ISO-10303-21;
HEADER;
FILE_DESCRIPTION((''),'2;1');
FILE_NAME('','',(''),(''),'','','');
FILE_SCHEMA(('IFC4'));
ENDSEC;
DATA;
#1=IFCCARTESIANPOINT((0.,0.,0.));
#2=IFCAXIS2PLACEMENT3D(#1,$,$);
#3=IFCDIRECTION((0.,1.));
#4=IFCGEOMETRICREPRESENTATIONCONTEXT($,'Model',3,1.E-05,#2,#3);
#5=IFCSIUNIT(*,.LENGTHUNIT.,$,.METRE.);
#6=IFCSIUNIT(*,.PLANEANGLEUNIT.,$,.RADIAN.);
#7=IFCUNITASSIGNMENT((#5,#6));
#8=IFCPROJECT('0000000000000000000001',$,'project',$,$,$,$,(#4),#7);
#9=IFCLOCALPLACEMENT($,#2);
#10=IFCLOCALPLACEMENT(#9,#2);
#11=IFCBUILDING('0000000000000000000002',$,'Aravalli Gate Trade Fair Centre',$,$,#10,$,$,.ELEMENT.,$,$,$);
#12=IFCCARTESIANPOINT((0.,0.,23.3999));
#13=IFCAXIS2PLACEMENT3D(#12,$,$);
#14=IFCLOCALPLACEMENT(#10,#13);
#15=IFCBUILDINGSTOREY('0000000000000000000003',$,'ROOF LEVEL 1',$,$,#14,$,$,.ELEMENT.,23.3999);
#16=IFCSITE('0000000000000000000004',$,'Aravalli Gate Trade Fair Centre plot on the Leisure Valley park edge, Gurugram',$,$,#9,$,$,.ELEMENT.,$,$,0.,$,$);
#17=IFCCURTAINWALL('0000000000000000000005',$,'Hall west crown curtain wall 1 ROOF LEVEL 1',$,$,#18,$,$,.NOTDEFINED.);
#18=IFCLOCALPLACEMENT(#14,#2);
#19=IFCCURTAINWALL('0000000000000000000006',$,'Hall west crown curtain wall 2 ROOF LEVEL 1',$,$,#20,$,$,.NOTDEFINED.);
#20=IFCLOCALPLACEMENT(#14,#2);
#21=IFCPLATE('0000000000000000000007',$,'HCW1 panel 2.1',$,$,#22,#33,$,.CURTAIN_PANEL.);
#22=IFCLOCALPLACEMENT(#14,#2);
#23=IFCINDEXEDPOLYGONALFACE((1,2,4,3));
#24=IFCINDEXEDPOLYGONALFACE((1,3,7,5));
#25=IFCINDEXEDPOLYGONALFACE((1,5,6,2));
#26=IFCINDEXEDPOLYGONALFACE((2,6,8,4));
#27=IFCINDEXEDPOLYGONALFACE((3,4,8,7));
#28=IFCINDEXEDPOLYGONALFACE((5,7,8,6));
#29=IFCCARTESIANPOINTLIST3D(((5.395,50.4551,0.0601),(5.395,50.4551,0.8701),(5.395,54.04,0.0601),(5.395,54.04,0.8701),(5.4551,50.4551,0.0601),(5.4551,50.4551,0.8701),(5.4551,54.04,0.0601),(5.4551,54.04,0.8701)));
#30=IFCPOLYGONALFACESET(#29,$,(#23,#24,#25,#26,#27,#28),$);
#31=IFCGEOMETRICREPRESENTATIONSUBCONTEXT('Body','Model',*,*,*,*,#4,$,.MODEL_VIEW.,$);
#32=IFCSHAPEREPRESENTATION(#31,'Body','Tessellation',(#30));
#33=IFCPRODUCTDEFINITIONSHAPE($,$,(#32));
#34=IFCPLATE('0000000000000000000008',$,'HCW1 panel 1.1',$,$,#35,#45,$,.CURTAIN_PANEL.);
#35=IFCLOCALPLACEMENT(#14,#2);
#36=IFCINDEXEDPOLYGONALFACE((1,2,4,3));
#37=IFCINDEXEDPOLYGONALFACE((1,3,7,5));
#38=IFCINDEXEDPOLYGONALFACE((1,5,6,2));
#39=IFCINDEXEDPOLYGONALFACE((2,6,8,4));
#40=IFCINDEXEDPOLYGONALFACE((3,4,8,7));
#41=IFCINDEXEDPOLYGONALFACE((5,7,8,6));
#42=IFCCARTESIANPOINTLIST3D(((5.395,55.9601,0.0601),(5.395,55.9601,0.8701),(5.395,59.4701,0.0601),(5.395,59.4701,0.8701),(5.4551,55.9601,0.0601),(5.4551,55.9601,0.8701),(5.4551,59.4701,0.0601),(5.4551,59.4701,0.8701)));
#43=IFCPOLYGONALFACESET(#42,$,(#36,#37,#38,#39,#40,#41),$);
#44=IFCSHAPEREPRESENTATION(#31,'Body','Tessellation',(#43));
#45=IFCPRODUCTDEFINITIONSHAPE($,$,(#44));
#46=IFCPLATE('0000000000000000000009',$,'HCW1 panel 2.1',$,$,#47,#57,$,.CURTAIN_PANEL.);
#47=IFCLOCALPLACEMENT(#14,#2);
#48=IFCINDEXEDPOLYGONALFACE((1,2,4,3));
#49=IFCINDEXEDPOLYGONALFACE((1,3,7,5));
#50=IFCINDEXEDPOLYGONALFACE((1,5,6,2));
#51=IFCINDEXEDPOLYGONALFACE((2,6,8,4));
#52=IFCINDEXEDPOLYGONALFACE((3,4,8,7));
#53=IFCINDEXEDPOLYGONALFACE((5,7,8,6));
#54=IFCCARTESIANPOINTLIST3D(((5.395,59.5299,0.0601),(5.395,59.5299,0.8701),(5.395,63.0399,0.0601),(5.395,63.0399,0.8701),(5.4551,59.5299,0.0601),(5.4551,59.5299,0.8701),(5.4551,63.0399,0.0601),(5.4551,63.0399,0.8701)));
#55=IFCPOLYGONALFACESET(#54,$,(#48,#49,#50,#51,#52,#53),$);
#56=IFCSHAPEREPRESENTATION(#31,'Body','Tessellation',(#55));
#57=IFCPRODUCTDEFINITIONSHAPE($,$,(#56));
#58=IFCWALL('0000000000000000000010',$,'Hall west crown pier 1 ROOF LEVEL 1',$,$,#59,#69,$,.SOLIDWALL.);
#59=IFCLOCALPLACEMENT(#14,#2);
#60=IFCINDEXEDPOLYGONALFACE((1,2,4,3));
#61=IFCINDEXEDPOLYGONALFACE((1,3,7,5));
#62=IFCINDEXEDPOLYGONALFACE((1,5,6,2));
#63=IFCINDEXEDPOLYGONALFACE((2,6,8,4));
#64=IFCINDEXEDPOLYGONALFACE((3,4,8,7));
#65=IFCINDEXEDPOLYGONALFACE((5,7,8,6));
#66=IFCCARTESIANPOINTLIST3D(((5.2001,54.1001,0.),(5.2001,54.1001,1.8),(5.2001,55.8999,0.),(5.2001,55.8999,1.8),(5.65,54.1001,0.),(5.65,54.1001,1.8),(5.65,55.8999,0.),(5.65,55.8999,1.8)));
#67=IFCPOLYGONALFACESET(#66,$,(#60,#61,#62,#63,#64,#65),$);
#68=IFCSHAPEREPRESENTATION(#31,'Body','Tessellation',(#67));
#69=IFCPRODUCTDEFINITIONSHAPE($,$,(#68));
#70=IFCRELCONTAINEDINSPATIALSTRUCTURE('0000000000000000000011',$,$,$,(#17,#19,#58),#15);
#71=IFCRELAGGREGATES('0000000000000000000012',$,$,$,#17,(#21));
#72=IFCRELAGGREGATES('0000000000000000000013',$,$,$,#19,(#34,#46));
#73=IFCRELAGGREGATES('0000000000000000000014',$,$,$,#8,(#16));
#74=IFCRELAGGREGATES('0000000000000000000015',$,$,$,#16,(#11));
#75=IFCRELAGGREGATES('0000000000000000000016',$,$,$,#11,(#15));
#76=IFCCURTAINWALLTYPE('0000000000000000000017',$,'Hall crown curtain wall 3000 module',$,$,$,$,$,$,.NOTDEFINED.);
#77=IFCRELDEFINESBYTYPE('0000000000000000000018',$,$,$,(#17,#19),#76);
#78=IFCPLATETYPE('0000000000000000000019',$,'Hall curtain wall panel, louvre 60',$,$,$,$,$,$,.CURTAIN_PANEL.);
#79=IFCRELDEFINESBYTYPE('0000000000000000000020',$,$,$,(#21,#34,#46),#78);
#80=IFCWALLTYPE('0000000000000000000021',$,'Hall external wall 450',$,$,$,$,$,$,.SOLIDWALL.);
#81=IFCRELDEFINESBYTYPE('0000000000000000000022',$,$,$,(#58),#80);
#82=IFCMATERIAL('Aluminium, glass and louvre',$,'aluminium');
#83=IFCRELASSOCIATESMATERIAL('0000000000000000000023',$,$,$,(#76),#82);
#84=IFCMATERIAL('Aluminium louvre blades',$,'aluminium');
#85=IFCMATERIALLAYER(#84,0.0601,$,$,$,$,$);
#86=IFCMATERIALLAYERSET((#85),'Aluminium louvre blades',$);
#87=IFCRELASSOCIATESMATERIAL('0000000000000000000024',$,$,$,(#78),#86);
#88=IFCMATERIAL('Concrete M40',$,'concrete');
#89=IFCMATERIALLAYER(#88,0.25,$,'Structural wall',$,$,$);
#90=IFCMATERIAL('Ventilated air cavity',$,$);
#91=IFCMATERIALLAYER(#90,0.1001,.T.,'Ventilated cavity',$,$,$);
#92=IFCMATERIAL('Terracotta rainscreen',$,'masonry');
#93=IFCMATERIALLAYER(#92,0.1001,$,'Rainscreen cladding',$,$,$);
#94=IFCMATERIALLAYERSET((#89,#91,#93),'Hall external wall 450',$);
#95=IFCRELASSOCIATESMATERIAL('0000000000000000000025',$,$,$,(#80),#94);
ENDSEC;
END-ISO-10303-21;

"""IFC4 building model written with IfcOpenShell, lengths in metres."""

from ifc_helpers import new_model, si_unit, direction, frame, frame_2d, origin, origin_2d, place, context, subcontext, project, spatial, rectangle, extrude, material, layer, layer_set, type_object, element, aggregate, save


model = new_model("IFC4")

# Units and contexts
model_context = context("Model", 3, precision=1e-05, world=origin(), true_north=direction((0.0, 1.0)))
body_context = subcontext(model_context, "Body", "Model", "MODEL_VIEW")
ifc_project = project(units=[si_unit("LENGTHUNIT", "METRE"), si_unit("PLANEANGLEUNIT", "RADIAN")], contexts=[model_context])

# Site, building, storey
site_placement = place(None, origin())
site = spatial("IfcSite", under=ifc_project, at=site_placement, Name="Aravalli Gate Trade Fair Centre plot on the Leisure Valley park edge, Gurugram", CompositionType="ELEMENT", RefElevation=0.0)
building_placement = place(site_placement, origin())
building = spatial("IfcBuilding", under=site, at=building_placement, Name="Aravalli Gate Trade Fair Centre", CompositionType="ELEMENT")
storey_placement = place(building_placement, frame((0.0, 0.0, 23.3999)))
storey = spatial("IfcBuildingStorey", under=building, at=storey_placement, Name="ROOF LEVEL 1", CompositionType="ELEMENT", Elevation=23.3999)

# Shared definitions
ifc_material_1 = material(Name="Aluminium, glass and louvre", Category="aluminium")
curtain_wall_type = type_object("IfcCurtainWallType", Name="Hall crown curtain wall 3000 module", PredefinedType="NOTDEFINED", material=ifc_material_1)

# Curtain walls
curtain_wall_1_placement = place(storey_placement, origin())
curtain_wall_1 = element("IfcCurtainWall", 1, at=curtain_wall_1_placement, inside=storey, type_object=curtain_wall_type, Name="Hall west crown curtain wall 1 ROOF LEVEL 1", PredefinedType="NOTDEFINED")
curtain_wall_2_placement = place(storey_placement, origin())
curtain_wall_2 = element("IfcCurtainWall", 2, at=curtain_wall_2_placement, inside=storey, type_object=curtain_wall_type, Name="Hall west crown curtain wall 2 ROOF LEVEL 1", PredefinedType="NOTDEFINED")

# Plates
ifc_material_2 = material(Name="Aluminium louvre blades", Category="aluminium")
ifc_layer_1 = layer(ifc_material_2, 0.0601)
ifc_layer_set_1 = layer_set([ifc_layer_1], Name="Aluminium louvre blades")
plate_type_1 = type_object("IfcPlateType", Name="Hall curtain wall panel, louvre 60", PredefinedType="CURTAIN_PANEL", material=ifc_layer_set_1)
plate_1_placement = place(storey_placement, frame((5.425, 52.2476, 0.0601), z_axis=(0.0, 0.0, 1.0), x_axis=(0.0, 1.0, 0.0)))
plate_1 = element("IfcPlate", 3, at=plate_1_placement, type_object=plate_type_1, Name="HCW1 panel 2.1", PredefinedType="CURTAIN_PANEL", context=body_context, shape_type="SweptSolid", body=[
    extrude(rectangle(XDim=3.585, YDim=0.0601, at=origin_2d()), origin(), (0.0, 0.0, 1.0), 0.8101),
])
aggregate(curtain_wall_1, [plate_1])
plate_2_placement = place(storey_placement, frame((5.425, 57.7151, 0.0601), z_axis=(0.0, 0.0, 1.0), x_axis=(0.0, 1.0, 0.0)))
plate_2 = element("IfcPlate", 4, at=plate_2_placement, type_object=plate_type_1, Name="HCW1 panel 1.1", PredefinedType="CURTAIN_PANEL", context=body_context, shape_type="SweptSolid", body=[
    extrude(rectangle(XDim=3.51, YDim=0.0601, at=origin_2d()), origin(), (0.0, 0.0, 1.0), 0.8101),
])
plate_3_placement = place(storey_placement, frame((5.425, 61.2849, 0.0601), z_axis=(0.0, 0.0, 1.0), x_axis=(0.0, 1.0, 0.0)))
plate_3 = element("IfcPlate", 5, at=plate_3_placement, type_object=plate_type_1, Name="HCW1 panel 2.1", PredefinedType="CURTAIN_PANEL", context=body_context, shape_type="SweptSolid", body=[
    extrude(rectangle(XDim=3.51, YDim=0.0601, at=origin_2d()), origin(), (0.0, 0.0, 1.0), 0.8101),
])
aggregate(curtain_wall_2, [plate_2, plate_3])

# Wall
ifc_material_3 = material(Name="Concrete M40", Category="concrete")
ifc_layer_2 = layer(ifc_material_3, 0.25, Name="Structural wall")
ifc_material_4 = material(Name="Ventilated air cavity")
ifc_layer_3 = layer(ifc_material_4, 0.1001, ventilated=True, Name="Ventilated cavity")
ifc_material_5 = material(Name="Terracotta rainscreen", Category="masonry")
ifc_layer_4 = layer(ifc_material_5, 0.1001, Name="Rainscreen cladding")
ifc_layer_set_2 = layer_set([ifc_layer_2, ifc_layer_3, ifc_layer_4], Name="Hall external wall 450")
wall_type = type_object("IfcWallType", Name="Hall external wall 450", PredefinedType="SOLIDWALL", material=ifc_layer_set_2)
wall_placement = place(storey_placement, frame((5.425, 54.1001, 0.0), z_axis=(0.0, 0.0, 1.0), x_axis=(0.0, 1.0, 0.0)))
element("IfcWall", 6, at=wall_placement, inside=storey, type_object=wall_type, Name="Hall west crown pier 1 ROOF LEVEL 1", PredefinedType="SOLIDWALL", context=body_context, shape_type="SweptSolid", body=[
    extrude(rectangle(XDim=1.7998, YDim=0.45, at=frame_2d((0.8999, 0.0))), origin(), (0.0, 0.0, 1.0), 1.8),
])

save(model, "model.ifc")
